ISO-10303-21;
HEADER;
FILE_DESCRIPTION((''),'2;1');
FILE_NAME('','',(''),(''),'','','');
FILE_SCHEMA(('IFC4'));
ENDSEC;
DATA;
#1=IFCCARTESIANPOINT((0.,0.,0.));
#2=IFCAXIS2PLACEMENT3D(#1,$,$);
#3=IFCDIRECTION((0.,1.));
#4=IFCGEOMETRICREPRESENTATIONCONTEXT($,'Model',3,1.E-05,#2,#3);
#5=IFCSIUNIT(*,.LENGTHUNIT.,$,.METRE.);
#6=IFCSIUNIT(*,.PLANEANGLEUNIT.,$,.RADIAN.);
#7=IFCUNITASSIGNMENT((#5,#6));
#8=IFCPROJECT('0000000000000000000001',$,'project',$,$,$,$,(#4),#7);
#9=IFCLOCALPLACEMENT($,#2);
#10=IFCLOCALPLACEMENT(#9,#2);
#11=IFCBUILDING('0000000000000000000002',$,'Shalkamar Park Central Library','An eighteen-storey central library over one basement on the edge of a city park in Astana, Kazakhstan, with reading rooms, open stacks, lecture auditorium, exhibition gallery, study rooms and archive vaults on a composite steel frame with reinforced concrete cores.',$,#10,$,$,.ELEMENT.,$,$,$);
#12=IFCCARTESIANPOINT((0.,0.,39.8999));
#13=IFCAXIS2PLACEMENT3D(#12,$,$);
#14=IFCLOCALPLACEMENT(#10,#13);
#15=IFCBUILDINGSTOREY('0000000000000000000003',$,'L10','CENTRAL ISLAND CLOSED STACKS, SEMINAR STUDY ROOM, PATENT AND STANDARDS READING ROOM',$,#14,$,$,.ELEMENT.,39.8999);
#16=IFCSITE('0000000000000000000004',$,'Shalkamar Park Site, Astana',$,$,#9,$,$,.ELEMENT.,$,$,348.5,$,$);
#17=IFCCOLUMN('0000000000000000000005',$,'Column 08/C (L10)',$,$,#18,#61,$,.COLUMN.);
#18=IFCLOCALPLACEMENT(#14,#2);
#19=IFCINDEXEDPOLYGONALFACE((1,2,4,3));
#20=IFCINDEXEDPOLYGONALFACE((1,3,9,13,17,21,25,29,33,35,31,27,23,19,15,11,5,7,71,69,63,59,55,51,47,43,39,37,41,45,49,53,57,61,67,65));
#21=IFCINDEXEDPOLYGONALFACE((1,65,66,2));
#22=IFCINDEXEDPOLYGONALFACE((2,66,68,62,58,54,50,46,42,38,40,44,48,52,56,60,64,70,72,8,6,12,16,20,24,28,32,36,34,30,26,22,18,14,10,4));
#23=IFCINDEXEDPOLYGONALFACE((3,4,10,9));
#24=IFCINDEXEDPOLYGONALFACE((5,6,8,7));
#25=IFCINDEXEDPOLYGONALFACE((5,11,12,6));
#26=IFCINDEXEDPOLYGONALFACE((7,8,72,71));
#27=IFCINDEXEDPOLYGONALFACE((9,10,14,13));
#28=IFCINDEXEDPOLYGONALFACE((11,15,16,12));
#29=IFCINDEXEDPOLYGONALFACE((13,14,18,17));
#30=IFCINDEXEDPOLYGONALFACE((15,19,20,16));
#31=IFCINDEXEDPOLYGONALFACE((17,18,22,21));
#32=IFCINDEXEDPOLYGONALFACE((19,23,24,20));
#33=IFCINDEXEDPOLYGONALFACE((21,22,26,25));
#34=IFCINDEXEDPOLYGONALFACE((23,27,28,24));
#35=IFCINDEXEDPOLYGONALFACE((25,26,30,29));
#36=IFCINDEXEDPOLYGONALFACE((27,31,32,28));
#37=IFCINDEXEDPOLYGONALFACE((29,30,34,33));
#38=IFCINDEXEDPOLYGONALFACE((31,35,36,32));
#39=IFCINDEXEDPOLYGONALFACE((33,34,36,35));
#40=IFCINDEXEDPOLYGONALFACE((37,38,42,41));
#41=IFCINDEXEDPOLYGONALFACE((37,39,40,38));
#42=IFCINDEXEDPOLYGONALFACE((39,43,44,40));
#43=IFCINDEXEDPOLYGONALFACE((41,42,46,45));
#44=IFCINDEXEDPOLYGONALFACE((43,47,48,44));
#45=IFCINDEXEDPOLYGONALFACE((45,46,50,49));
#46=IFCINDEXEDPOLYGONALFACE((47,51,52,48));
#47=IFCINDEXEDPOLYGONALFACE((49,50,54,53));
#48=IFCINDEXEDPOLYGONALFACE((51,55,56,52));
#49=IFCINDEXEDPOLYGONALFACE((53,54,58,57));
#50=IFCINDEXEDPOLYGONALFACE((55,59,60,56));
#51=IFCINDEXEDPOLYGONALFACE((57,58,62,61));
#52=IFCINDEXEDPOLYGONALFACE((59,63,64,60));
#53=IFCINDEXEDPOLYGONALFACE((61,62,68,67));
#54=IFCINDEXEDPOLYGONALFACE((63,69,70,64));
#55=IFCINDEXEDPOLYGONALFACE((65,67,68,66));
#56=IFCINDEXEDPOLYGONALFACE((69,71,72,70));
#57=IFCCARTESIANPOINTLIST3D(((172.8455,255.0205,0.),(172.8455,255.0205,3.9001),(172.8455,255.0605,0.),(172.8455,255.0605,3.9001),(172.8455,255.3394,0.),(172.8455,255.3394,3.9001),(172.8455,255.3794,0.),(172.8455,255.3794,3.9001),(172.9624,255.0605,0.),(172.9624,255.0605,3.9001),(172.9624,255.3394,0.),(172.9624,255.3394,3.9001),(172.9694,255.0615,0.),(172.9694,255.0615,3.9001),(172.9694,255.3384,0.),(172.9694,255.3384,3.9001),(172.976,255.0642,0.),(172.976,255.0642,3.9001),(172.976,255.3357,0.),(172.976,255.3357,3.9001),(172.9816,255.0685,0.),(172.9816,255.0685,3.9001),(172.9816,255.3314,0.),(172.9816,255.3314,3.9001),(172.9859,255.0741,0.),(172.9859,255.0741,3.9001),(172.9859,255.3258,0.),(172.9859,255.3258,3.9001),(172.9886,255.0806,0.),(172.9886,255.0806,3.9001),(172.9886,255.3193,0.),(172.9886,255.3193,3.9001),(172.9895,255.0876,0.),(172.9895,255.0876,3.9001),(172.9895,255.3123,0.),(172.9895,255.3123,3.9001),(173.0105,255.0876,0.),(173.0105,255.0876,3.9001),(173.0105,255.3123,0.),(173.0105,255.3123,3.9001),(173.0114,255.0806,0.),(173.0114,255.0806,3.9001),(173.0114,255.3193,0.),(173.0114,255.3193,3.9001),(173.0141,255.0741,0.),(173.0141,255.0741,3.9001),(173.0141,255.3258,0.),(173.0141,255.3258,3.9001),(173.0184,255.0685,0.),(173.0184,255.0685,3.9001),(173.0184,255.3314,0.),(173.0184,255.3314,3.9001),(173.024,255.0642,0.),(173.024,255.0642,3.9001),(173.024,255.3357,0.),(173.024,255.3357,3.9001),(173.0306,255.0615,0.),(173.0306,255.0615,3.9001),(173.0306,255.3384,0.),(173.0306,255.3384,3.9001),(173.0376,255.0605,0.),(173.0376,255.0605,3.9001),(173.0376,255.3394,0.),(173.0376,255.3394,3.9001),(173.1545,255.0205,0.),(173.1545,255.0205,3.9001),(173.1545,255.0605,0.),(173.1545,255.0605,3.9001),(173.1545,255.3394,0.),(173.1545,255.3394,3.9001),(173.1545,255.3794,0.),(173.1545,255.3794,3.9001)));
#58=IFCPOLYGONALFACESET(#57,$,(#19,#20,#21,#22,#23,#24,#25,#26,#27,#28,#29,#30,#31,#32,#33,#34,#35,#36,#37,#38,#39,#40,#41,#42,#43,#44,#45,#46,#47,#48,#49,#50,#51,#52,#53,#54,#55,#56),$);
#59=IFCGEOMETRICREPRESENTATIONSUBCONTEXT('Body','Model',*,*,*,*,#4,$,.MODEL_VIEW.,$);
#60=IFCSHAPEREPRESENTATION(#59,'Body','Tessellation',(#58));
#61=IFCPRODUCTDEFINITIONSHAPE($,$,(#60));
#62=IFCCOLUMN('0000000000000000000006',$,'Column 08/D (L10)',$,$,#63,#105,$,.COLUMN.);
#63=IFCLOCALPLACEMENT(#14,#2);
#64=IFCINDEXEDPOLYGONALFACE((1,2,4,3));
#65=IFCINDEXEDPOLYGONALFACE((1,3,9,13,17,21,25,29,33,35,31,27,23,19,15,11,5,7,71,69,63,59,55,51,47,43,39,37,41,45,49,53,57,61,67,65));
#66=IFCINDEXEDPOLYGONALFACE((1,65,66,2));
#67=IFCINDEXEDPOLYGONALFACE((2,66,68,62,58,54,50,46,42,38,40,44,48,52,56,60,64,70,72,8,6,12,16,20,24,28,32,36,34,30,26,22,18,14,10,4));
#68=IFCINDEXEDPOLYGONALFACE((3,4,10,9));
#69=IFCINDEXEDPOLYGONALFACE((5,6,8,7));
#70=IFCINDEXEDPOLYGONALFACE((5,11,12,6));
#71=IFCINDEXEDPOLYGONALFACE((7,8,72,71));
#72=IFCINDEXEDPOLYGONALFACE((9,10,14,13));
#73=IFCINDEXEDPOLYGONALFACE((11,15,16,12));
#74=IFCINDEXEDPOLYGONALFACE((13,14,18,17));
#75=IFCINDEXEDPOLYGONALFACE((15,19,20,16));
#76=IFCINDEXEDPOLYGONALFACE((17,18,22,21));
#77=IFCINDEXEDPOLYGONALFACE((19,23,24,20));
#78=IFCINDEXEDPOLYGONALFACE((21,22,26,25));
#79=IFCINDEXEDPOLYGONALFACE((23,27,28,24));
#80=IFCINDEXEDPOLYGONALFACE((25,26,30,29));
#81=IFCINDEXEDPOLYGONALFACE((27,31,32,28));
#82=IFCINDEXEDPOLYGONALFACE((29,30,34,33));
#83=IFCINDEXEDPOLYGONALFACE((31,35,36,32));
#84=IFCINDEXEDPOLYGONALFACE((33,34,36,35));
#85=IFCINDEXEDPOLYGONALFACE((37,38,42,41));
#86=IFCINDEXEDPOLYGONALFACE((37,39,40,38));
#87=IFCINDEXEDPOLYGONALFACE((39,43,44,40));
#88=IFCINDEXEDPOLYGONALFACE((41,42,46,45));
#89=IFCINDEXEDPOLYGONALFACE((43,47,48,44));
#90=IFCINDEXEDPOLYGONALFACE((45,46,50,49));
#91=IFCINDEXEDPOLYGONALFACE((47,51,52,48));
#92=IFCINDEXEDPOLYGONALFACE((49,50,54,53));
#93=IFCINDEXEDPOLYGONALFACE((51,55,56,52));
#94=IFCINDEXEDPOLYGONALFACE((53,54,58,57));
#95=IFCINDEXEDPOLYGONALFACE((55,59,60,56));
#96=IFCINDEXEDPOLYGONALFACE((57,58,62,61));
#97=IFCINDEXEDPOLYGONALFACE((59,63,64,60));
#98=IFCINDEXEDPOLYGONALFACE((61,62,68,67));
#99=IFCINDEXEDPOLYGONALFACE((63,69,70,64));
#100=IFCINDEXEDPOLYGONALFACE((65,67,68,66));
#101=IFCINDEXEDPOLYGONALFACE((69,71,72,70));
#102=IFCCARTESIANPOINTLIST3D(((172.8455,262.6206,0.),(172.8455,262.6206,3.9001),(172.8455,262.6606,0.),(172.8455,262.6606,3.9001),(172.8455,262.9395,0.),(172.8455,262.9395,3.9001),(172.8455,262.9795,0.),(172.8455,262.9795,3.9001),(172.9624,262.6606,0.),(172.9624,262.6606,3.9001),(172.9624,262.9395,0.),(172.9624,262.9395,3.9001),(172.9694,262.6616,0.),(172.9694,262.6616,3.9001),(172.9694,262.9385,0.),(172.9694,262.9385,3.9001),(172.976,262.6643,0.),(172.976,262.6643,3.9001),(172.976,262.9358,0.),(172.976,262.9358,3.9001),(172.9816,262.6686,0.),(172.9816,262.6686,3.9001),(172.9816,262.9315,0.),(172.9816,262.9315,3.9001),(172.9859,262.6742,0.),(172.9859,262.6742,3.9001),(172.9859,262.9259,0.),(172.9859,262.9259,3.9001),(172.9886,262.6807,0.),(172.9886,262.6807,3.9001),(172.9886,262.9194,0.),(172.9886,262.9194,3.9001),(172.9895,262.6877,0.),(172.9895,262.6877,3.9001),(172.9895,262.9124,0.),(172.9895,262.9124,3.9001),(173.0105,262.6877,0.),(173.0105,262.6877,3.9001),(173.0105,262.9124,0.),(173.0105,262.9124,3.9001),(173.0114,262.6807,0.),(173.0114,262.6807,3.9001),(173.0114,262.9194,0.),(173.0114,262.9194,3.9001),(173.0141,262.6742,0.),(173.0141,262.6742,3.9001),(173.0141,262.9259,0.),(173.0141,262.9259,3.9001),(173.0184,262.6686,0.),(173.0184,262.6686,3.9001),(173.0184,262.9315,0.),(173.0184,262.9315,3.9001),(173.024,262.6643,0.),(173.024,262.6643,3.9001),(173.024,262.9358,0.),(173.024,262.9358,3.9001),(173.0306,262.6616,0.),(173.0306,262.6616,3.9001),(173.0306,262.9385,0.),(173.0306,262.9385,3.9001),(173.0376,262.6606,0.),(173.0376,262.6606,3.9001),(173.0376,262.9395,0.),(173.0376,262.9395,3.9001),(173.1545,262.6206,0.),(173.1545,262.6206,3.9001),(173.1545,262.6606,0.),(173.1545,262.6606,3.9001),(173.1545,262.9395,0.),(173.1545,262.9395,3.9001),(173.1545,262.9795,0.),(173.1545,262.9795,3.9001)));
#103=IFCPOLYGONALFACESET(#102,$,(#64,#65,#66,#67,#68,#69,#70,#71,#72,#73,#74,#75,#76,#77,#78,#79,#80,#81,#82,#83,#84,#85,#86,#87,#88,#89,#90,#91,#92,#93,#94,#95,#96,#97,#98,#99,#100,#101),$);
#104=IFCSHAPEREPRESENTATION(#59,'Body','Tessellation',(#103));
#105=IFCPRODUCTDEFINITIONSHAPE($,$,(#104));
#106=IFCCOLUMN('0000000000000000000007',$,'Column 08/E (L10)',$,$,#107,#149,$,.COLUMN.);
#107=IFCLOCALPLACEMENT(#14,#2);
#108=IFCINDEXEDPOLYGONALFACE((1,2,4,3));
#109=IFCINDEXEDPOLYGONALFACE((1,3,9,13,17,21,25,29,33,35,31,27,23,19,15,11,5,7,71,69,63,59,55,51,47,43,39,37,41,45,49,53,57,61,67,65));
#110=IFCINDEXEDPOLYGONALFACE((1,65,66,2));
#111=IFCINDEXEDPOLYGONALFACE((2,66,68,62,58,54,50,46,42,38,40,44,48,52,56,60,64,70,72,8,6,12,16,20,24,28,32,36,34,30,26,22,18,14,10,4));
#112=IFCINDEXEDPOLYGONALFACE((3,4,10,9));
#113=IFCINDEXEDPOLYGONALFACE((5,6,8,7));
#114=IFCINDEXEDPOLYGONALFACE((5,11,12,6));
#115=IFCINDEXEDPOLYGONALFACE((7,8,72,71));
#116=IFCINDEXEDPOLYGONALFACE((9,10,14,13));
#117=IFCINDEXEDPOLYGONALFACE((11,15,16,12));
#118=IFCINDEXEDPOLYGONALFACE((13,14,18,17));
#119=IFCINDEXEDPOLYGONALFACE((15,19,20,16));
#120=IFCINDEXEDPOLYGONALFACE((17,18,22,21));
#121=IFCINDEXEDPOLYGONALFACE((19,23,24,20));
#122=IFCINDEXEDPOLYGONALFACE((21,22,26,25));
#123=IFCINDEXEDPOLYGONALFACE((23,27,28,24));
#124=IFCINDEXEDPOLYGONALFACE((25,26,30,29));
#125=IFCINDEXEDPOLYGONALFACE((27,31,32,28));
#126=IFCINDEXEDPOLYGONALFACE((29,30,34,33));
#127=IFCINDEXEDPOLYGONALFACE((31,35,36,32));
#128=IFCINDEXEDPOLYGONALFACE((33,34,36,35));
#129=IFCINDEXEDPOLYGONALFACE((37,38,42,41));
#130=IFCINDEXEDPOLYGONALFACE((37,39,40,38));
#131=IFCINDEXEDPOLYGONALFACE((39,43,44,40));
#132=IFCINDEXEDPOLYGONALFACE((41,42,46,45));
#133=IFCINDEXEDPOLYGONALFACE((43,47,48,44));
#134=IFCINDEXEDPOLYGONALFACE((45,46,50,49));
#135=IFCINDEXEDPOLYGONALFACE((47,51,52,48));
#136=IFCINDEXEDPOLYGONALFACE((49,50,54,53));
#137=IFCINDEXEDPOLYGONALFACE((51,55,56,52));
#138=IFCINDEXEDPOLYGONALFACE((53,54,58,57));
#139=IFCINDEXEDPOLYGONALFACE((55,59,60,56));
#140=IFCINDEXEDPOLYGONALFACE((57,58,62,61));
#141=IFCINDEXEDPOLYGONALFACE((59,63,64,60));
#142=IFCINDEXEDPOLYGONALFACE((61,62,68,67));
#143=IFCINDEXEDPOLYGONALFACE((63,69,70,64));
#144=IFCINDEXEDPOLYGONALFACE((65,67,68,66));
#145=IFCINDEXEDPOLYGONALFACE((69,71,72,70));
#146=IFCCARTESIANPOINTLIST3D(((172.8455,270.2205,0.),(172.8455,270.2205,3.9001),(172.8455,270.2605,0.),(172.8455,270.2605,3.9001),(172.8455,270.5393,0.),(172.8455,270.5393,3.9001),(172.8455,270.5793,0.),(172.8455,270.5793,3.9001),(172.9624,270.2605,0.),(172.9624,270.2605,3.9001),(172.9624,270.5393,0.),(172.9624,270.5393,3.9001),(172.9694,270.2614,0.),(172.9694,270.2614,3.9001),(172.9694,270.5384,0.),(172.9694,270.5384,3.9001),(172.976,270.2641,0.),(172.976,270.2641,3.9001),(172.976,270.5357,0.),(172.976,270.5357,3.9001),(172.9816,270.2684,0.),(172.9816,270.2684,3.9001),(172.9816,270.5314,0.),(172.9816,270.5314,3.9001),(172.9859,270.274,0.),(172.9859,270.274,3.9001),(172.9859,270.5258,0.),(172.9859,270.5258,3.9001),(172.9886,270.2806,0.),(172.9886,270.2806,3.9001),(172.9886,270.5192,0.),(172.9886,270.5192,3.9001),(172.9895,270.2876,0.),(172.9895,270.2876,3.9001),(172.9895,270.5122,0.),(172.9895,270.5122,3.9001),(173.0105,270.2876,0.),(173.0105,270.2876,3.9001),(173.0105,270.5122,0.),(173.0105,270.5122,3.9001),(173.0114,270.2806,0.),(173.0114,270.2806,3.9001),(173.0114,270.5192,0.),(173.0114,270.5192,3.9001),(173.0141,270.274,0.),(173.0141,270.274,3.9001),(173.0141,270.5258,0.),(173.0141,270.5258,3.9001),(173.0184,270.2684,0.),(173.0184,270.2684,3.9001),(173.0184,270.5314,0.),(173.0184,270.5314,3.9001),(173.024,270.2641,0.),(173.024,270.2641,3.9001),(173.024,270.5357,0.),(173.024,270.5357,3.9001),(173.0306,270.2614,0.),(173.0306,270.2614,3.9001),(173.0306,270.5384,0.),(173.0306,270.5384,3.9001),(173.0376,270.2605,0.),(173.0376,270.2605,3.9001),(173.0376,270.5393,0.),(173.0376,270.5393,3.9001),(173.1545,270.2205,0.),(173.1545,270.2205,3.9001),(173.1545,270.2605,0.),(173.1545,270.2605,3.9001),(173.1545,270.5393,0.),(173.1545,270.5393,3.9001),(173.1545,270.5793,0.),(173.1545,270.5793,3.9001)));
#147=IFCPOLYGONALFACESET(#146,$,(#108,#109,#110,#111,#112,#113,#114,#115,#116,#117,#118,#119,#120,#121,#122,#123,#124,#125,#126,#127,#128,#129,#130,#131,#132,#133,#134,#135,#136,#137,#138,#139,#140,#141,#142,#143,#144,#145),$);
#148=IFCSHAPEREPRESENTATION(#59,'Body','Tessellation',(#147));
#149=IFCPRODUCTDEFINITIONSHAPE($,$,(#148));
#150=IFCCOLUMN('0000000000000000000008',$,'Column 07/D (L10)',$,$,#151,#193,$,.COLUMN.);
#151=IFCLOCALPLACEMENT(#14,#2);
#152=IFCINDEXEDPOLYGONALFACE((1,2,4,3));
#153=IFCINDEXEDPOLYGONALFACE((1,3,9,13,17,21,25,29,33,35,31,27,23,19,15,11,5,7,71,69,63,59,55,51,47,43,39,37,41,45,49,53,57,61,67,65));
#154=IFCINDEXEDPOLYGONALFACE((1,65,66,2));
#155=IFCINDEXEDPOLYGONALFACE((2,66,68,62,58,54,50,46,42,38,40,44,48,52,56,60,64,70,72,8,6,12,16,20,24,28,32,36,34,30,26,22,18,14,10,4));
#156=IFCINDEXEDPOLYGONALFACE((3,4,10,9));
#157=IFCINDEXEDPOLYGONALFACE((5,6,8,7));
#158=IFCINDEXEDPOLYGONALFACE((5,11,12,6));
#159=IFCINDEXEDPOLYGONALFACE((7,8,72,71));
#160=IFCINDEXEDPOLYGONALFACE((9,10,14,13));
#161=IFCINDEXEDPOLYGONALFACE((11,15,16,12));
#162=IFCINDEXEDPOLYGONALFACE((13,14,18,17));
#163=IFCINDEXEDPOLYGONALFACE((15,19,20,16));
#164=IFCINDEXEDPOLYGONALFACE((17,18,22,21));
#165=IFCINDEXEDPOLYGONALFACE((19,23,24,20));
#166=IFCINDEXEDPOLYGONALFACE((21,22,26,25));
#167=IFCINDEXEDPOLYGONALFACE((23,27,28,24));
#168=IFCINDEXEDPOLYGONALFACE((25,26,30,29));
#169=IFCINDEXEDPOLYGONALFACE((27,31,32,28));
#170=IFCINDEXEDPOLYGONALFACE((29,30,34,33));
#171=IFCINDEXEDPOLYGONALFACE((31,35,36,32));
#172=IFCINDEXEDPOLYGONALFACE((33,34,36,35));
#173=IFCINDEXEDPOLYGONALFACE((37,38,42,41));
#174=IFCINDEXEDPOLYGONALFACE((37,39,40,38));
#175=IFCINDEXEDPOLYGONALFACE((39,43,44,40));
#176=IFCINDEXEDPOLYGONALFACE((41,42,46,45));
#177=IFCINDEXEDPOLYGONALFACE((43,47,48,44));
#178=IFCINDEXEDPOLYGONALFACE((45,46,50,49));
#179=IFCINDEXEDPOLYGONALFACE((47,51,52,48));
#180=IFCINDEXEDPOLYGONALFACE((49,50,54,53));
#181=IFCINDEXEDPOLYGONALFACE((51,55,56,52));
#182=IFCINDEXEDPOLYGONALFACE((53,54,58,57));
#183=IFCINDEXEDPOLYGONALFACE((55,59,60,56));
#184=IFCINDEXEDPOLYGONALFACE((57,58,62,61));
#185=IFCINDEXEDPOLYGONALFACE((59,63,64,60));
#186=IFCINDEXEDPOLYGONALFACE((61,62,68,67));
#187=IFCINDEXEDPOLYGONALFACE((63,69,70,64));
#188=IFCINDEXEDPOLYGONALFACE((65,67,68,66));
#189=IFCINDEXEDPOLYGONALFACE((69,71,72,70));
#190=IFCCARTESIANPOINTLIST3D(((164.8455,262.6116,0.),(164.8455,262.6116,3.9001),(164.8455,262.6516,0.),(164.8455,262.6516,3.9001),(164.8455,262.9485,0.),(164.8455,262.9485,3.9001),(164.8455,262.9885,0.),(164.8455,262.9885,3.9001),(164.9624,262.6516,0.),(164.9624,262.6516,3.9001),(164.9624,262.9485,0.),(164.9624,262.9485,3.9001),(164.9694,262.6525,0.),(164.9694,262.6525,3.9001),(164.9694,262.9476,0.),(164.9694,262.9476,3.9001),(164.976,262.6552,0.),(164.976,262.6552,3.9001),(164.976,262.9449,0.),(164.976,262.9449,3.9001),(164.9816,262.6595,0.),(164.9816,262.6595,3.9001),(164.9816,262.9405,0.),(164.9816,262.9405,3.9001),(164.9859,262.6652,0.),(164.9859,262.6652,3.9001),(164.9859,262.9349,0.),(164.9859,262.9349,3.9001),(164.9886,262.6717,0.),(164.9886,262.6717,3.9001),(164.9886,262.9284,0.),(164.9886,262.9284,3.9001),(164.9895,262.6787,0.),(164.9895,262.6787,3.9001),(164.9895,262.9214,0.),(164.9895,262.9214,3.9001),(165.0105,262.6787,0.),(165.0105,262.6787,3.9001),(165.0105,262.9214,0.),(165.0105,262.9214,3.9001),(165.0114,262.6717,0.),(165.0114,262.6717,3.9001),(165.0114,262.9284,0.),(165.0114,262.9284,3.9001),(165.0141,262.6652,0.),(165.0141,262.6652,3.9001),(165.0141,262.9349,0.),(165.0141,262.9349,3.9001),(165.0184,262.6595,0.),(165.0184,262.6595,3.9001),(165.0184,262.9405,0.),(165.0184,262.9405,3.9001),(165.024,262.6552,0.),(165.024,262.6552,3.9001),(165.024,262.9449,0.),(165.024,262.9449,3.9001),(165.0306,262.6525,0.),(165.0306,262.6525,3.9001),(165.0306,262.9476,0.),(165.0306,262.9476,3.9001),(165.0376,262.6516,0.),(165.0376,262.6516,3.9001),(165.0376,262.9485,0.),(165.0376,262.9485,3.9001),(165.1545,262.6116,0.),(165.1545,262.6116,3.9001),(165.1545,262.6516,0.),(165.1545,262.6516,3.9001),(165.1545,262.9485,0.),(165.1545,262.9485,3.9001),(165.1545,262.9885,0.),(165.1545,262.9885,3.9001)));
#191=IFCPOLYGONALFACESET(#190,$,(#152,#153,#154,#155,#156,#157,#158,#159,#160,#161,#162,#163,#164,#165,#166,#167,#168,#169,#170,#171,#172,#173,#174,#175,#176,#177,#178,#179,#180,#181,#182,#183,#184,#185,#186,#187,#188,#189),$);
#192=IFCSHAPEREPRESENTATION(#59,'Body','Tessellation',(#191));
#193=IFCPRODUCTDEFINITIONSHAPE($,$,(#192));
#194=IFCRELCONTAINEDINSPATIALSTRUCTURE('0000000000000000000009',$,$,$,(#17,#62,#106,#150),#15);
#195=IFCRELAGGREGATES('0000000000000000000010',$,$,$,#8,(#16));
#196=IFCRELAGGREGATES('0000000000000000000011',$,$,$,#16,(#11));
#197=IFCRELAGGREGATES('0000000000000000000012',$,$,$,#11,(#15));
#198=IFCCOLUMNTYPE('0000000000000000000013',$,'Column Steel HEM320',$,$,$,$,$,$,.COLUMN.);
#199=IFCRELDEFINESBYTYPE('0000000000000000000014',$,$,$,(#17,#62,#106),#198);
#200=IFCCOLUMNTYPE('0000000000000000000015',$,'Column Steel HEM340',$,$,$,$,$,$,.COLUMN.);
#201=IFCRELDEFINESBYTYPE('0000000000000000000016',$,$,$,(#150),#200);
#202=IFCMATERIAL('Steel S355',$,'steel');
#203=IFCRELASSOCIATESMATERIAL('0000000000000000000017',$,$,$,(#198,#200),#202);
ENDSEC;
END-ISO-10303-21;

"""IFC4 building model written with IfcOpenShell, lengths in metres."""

from ifc_helpers import new_model, si_unit, direction, frame, origin, origin_2d, place, context, subcontext, project, spatial, i_section, extrude, material, material_profile, profile_set, type_object, element, save


model = new_model("IFC4")

# Units and contexts
model_context = context("Model", 3, precision=1e-05, world=origin(), true_north=direction((0.0, 1.0)))
body_context = subcontext(model_context, "Body", "Model", "MODEL_VIEW")
ifc_project = project(units=[si_unit("LENGTHUNIT", "METRE"), si_unit("PLANEANGLEUNIT", "RADIAN")], contexts=[model_context])

# Site, building, storey
site_placement = place(None, origin())
site = spatial("IfcSite", under=ifc_project, at=site_placement, Name="Shalkamar Park Site, Astana", CompositionType="ELEMENT", RefElevation=348.5)
building_placement = place(site_placement, origin())
building = spatial("IfcBuilding", under=site, at=building_placement, Name="Shalkamar Park Central Library", Description="An eighteen-storey central library over one basement on the edge of a city park in Astana, Kazakhstan, with reading rooms, open stacks, lecture auditorium, exhibition gallery, study rooms and archive vaults on a composite steel frame with reinforced concrete cores.", CompositionType="ELEMENT")
storey_placement = place(building_placement, frame((0.0, 0.0, 39.8999)))
storey = spatial("IfcBuildingStorey", under=building, at=storey_placement, Name="L10", Description="CENTRAL ISLAND CLOSED STACKS, SEMINAR STUDY ROOM, PATENT AND STANDARDS READING ROOM", CompositionType="ELEMENT", Elevation=39.8999)

# Columns
ifc_material_1 = material(Name="Steel S355", Category="steel")
ifc_material_profile_1 = material_profile(ifc_material_1, i_section(OverallWidth=0.3091, OverallDepth=0.3589, WebThickness=0.021, FlangeThickness=0.04, FilletRadius=0.0271, at=origin_2d()), Name="HEM 320")
ifc_profile_set_1 = profile_set([ifc_material_profile_1], Name="Steel S355")
column_type_1 = type_object("IfcColumnType", Name="Column Steel HEM320", PredefinedType="COLUMN", material=ifc_profile_set_1)
for number, where, z_axis, x_axis, name in (
    (1, (173.0, 255.2, 0.0), (0.0, 0.0, 1.0), (1.0, 0.0, 0.0), "Column 08/C (L10)"),
    (2, (173.0, 262.8, 0.0), (0.0, 0.0, 1.0), (1.0, 0.0, 0.0), "Column 08/D (L10)"),
    (3, (173.0, 270.3999, 0.0), (0.0, 0.0, 1.0), (1.0, 0.0, 0.0), "Column 08/E (L10)"),
):
    element("IfcColumn", number, at=place(storey_placement, frame(where, z_axis=z_axis, x_axis=x_axis)), inside=storey, type_object=column_type_1, Name=name, PredefinedType="COLUMN", context=body_context, shape_type="SweptSolid", body=[
        extrude(i_section(OverallWidth=0.3091, OverallDepth=0.3589, WebThickness=0.021, FlangeThickness=0.04, FilletRadius=0.0271, at=origin_2d()), origin(), (0.0, 0.0, 1.0), 3.9001),
    ])
ifc_material_profile_2 = material_profile(ifc_material_1, i_section(OverallWidth=0.3091, OverallDepth=0.377, WebThickness=0.021, FlangeThickness=0.04, FilletRadius=0.0271, at=origin_2d()), Name="HEM 340")
ifc_profile_set_2 = profile_set([ifc_material_profile_2], Name="Steel S355")
column_type_2 = type_object("IfcColumnType", Name="Column Steel HEM340", PredefinedType="COLUMN", material=ifc_profile_set_2)
for number, where, z_axis, x_axis, name in (
    (4, (165.0, 262.8, 0.0), (0.0, 0.0, 1.0), (1.0, 0.0, 0.0), "Column 07/D (L10)"),
):
    element("IfcColumn", number, at=place(storey_placement, frame(where, z_axis=z_axis, x_axis=x_axis)), inside=storey, type_object=column_type_2, Name=name, PredefinedType="COLUMN", context=body_context, shape_type="SweptSolid", body=[
        extrude(i_section(OverallWidth=0.3091, OverallDepth=0.377, WebThickness=0.021, FlangeThickness=0.04, FilletRadius=0.0271, at=origin_2d()), origin(), (0.0, 0.0, 1.0), 3.9001),
    ])

save(model, "model.ifc")
